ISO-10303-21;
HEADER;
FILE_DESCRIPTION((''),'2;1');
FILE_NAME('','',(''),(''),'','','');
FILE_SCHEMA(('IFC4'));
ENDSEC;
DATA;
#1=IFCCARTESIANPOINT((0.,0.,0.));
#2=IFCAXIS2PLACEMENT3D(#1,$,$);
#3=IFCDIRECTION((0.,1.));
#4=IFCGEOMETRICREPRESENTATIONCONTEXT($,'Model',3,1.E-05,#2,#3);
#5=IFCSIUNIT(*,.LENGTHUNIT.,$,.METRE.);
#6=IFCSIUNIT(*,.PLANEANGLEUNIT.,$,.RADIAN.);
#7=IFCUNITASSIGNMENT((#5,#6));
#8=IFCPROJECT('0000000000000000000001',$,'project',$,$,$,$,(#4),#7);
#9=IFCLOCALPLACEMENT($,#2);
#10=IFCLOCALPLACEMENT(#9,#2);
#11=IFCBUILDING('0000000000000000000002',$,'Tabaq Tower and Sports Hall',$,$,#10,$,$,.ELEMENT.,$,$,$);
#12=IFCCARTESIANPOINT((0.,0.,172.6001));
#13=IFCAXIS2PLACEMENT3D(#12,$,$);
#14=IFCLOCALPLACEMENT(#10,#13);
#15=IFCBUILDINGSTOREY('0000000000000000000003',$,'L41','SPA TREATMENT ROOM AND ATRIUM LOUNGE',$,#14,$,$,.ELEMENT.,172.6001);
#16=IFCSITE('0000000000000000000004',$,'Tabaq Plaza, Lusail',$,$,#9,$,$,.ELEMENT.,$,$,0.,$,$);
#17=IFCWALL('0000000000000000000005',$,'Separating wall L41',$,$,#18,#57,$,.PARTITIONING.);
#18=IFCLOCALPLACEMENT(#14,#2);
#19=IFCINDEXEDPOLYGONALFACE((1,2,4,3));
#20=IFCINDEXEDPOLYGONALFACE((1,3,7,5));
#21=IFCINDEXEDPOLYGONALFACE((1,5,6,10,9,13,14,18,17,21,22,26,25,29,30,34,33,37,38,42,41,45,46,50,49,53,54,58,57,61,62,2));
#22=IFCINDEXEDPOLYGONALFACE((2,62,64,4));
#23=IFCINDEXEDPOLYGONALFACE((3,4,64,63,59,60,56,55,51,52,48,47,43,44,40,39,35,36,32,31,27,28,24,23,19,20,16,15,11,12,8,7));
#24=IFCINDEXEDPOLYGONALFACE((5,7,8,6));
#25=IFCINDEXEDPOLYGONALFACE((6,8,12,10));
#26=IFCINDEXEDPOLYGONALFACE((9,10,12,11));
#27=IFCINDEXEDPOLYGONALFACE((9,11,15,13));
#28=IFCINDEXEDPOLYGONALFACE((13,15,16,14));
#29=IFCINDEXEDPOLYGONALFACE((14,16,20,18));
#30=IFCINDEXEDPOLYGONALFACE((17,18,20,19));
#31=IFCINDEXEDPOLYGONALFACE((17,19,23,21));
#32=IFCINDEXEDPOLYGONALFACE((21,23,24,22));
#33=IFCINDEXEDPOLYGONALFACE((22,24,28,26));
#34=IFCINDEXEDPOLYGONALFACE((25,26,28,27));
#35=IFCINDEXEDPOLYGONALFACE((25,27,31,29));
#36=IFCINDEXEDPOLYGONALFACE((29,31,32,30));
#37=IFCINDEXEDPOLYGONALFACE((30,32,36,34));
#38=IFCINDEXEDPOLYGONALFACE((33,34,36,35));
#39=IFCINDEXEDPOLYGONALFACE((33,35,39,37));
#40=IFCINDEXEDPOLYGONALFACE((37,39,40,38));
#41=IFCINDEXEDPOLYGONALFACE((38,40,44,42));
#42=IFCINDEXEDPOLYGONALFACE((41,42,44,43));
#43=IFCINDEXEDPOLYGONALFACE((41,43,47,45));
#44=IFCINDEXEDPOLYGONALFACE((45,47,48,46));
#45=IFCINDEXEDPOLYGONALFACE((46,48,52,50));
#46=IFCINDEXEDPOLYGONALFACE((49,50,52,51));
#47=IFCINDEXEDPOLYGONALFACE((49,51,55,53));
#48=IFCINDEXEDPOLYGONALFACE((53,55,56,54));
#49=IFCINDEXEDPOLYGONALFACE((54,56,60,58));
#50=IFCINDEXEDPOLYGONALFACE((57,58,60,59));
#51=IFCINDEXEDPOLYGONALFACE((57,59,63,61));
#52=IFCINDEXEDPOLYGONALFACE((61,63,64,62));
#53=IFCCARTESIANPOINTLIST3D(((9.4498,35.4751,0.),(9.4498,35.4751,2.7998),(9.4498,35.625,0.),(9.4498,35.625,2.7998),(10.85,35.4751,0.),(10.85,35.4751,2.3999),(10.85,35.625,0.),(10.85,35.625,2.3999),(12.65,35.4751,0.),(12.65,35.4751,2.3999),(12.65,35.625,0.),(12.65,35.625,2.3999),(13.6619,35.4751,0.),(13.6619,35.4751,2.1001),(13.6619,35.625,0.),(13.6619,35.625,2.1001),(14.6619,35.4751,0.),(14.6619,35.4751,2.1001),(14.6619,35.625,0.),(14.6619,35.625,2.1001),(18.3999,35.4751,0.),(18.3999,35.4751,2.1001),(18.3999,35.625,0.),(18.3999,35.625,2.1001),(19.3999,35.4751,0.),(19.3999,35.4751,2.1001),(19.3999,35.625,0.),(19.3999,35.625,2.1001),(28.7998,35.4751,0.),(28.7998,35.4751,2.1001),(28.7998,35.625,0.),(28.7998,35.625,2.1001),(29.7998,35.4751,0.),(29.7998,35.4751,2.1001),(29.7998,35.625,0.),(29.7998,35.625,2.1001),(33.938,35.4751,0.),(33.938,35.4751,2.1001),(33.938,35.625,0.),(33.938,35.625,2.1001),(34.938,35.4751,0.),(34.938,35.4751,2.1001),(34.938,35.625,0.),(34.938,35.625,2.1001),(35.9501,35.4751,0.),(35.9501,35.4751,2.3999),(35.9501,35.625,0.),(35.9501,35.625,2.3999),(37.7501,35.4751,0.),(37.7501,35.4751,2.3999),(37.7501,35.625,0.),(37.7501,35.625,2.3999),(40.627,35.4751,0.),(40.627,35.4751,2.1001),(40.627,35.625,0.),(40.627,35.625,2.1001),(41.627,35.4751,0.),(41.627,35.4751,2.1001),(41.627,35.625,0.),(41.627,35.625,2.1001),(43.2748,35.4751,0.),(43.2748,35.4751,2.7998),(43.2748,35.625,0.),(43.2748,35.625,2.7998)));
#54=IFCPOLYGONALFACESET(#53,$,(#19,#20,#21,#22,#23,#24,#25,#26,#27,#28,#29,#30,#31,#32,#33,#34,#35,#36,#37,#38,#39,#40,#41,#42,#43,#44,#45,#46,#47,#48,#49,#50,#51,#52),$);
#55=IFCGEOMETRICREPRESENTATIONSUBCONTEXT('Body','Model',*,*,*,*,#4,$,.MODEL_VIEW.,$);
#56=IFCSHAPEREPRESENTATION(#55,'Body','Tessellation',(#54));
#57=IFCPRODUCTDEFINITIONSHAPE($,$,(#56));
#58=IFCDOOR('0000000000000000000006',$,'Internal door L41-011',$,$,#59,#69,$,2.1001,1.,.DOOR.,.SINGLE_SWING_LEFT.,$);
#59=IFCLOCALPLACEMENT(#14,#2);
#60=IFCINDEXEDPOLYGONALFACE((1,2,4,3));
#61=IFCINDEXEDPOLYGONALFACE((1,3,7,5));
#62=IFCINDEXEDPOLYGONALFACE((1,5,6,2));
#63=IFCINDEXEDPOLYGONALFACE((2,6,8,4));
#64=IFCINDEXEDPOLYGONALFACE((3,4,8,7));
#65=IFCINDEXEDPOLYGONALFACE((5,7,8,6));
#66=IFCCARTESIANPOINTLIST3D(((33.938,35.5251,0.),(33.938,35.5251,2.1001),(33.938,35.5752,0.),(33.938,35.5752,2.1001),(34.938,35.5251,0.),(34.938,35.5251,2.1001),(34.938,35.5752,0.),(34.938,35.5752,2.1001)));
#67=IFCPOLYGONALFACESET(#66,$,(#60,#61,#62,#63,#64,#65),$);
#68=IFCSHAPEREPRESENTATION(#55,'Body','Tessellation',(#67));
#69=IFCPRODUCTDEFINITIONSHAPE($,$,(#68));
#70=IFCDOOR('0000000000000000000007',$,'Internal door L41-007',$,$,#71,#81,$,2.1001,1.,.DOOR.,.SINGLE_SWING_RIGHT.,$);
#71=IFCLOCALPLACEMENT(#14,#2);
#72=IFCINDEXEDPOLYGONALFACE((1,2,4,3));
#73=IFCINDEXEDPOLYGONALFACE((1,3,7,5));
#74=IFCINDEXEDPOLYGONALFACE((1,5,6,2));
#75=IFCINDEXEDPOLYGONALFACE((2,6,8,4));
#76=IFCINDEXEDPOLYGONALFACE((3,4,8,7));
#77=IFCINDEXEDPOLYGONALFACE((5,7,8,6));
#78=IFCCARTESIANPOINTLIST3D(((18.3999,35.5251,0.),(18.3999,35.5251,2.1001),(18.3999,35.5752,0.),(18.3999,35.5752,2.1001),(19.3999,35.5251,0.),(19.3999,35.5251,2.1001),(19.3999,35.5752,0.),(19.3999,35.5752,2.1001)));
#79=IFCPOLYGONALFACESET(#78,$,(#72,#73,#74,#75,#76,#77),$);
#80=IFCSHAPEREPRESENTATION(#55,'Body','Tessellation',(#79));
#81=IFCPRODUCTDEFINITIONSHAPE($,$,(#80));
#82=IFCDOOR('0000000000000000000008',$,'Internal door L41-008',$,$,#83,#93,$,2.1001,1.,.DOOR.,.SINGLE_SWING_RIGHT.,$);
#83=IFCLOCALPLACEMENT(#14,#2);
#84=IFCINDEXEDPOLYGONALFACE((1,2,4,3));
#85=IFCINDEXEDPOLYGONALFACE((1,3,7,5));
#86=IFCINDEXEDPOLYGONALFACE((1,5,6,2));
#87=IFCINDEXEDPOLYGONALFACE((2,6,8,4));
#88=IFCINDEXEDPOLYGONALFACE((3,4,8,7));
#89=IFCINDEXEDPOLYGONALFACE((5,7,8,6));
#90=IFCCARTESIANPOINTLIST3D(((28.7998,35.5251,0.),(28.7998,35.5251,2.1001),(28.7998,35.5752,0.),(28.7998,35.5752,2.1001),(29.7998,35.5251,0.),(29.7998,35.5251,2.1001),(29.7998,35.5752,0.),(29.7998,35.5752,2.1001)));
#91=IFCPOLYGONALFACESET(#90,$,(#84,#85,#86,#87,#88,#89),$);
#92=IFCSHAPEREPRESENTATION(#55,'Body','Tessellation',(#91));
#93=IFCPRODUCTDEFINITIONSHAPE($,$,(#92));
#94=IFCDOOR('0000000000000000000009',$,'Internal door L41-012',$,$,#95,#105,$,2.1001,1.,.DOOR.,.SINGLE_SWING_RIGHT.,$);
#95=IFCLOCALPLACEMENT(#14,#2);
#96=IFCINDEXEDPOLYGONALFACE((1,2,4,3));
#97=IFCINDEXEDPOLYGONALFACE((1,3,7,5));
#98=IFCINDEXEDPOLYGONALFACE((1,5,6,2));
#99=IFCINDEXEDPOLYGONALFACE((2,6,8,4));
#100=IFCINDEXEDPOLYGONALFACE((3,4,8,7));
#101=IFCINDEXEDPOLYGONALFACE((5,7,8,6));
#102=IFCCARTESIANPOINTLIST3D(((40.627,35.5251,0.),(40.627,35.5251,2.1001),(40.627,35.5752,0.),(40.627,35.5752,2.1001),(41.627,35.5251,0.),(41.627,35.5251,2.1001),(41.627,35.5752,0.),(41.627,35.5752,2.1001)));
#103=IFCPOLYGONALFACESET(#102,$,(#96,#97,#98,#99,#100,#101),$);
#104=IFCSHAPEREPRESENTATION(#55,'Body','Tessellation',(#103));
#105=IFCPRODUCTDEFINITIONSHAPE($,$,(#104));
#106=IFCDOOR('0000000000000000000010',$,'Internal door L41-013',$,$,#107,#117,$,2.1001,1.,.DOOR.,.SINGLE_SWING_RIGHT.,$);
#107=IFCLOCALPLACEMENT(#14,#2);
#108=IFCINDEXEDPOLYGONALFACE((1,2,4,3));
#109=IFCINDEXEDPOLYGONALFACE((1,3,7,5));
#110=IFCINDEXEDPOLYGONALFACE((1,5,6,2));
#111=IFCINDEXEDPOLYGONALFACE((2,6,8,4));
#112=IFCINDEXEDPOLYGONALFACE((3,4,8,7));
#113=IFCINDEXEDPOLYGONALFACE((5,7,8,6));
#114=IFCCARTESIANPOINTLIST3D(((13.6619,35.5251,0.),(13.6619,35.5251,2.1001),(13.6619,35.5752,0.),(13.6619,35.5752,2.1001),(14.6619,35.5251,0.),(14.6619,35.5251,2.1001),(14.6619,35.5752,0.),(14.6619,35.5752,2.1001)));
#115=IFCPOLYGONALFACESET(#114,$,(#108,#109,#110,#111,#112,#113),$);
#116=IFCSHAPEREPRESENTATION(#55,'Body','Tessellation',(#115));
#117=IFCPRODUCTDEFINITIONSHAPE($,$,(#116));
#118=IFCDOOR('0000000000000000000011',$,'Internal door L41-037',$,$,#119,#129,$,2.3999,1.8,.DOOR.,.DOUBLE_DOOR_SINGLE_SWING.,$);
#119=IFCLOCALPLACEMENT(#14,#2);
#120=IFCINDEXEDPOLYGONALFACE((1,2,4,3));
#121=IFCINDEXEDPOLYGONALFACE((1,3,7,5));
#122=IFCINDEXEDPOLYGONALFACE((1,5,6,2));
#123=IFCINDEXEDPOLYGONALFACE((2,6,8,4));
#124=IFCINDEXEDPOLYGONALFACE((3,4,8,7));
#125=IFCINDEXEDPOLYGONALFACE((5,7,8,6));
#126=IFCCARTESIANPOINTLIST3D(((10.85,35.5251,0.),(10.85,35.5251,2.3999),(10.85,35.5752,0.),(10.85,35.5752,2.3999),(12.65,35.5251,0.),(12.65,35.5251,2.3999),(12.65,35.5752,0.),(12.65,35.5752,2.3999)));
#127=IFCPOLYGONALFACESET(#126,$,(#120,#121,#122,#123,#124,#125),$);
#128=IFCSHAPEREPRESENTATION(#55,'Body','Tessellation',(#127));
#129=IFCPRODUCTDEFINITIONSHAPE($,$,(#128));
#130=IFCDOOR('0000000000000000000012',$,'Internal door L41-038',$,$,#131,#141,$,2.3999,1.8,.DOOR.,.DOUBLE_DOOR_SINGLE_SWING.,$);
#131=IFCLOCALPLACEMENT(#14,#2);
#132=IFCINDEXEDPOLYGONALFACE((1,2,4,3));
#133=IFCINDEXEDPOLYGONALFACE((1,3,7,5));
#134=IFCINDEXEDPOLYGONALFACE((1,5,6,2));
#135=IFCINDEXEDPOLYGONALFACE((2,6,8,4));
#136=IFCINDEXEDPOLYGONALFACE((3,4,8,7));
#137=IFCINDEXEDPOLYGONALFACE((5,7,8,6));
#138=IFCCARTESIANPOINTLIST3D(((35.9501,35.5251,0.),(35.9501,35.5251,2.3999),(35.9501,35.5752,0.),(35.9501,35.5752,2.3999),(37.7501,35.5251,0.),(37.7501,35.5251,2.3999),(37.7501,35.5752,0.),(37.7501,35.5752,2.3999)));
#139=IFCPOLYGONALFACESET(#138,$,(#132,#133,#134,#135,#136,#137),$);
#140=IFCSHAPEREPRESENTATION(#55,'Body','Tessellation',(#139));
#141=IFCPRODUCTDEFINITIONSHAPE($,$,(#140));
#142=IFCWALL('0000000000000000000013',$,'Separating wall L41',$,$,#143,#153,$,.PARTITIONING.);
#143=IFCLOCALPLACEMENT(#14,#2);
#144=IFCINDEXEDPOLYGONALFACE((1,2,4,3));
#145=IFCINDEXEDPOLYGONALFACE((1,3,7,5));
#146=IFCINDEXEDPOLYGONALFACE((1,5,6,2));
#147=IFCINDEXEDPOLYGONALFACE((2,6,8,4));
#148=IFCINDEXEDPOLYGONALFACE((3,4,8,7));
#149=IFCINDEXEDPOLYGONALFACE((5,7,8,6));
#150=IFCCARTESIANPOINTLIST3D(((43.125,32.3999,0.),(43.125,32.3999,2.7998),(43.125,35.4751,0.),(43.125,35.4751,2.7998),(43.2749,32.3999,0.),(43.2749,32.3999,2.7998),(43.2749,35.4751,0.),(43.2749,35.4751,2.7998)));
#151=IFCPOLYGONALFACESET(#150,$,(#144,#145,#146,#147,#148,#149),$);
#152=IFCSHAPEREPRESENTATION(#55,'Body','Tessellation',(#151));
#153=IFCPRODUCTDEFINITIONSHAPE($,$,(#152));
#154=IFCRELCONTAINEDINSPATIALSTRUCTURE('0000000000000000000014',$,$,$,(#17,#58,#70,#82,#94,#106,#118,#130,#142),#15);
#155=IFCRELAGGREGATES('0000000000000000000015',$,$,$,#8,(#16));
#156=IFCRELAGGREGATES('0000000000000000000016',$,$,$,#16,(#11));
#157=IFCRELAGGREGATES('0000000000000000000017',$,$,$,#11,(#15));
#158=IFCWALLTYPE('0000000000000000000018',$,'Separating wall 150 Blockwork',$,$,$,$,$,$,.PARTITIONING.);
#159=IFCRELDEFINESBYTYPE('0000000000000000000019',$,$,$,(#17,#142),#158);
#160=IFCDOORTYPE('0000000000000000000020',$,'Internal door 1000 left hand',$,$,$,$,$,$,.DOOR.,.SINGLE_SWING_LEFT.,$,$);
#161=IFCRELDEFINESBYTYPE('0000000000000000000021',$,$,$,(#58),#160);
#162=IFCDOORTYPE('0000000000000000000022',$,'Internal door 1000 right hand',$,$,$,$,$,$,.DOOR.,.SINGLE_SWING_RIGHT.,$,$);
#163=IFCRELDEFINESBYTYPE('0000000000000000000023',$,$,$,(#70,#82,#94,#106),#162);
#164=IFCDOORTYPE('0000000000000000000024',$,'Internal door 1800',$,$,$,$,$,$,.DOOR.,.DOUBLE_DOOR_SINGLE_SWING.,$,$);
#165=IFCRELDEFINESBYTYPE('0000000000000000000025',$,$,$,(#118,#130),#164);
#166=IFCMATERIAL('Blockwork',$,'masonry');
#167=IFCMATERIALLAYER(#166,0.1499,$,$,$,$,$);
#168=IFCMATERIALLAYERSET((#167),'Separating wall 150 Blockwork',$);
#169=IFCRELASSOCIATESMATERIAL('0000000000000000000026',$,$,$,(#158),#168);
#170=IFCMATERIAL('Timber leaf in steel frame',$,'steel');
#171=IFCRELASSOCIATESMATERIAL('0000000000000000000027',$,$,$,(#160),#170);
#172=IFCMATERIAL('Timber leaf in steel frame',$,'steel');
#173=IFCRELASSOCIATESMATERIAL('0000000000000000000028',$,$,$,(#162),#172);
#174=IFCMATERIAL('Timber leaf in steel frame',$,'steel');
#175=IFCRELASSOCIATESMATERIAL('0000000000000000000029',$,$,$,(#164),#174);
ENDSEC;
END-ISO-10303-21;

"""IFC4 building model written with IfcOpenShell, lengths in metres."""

from ifc_helpers import new_model, si_unit, direction, frame, frame_2d, origin, place, context, subcontext, project, spatial, rectangle, extrude, material, layer, layer_set, type_object, element, fill, save


model = new_model("IFC4")

# Units and contexts
model_context = context("Model", 3, precision=1e-05, world=origin(), true_north=direction((0.0, 1.0)))
body_context = subcontext(model_context, "Body", "Model", "MODEL_VIEW")
ifc_project = project(units=[si_unit("LENGTHUNIT", "METRE"), si_unit("PLANEANGLEUNIT", "RADIAN")], contexts=[model_context])

# Site, building, storey
site_placement = place(None, origin())
site = spatial("IfcSite", under=ifc_project, at=site_placement, Name="Tabaq Plaza, Lusail", CompositionType="ELEMENT", RefElevation=0.0)
building_placement = place(site_placement, origin())
building = spatial("IfcBuilding", under=site, at=building_placement, Name="Tabaq Tower and Sports Hall", CompositionType="ELEMENT")
storey_placement = place(building_placement, frame((0.0, 0.0, 172.6001)))
storey = spatial("IfcBuildingStorey", under=building, at=storey_placement, Name="L41", Description="SPA TREATMENT ROOM AND ATRIUM LOUNGE", CompositionType="ELEMENT", Elevation=172.6001)

# Wall, openings, doors
ifc_material_1 = material(Name="Blockwork", Category="masonry")
ifc_layer_1 = layer(ifc_material_1, 0.1499)
ifc_layer_set_1 = layer_set([ifc_layer_1], Name="Separating wall 150 Blockwork")
wall_type_1 = type_object("IfcWallType", Name="Separating wall 150 Blockwork", PredefinedType="PARTITIONING", material=ifc_layer_set_1)
ifc_material_2 = material(Name="Timber leaf in steel frame", Category="steel")
door_type_1 = type_object("IfcDoorType", Name="Internal door 1000 left hand", OperationType="SINGLE_SWING_LEFT", PredefinedType="DOOR", material=ifc_material_2)
wall_1_placement = place(storey_placement, frame((43.2749, 35.55, 0.0), z_axis=(0.0, 0.0, 1.0), x_axis=(-1.0, 0.0, 0.0)))
wall_1 = element("IfcWall", 1, at=wall_1_placement, inside=storey, type_object=wall_type_1, Name="Separating wall L41", PredefinedType="PARTITIONING", context=body_context, shape_type="SweptSolid", body=[
    extrude(rectangle(XDim=33.825, YDim=0.1499, at=frame_2d((16.9126, 0.0))), origin(), (0.0, 0.0, 1.0), 2.7998),
])
opening_1_placement = place(wall_1_placement, frame((23.875, 0.0, 0.0)))
opening_1 = element("IfcOpeningElement", 2, at=opening_1_placement, cuts=wall_1, PredefinedType="OPENING", context=body_context, shape_type="SweptSolid", body=[
    extrude(rectangle(XDim=1.0, YDim=2.1001, at=frame_2d((0.5, 1.05))), frame((0.0, 0.075, 0.0), z_axis=(0.0, -1.0, 0.0), x_axis=(1.0, 0.0, 0.0)), (0.0, 0.0, 1.0), 0.1499),
])
opening_2_placement = place(wall_1_placement, frame((13.4751, 0.0, 0.0)))
opening_2 = element("IfcOpeningElement", 3, at=opening_2_placement, cuts=wall_1, PredefinedType="OPENING", context=body_context, shape_type="SweptSolid", body=[
    extrude(rectangle(XDim=1.0, YDim=2.1001, at=frame_2d((0.5, 1.05))), frame((0.0, 0.075, 0.0), z_axis=(0.0, -1.0, 0.0), x_axis=(1.0, 0.0, 0.0)), (0.0, 0.0, 1.0), 0.1499),
])
opening_3_placement = place(wall_1_placement, frame((8.3369, 0.0, 0.0)))
opening_3 = element("IfcOpeningElement", 4, at=opening_3_placement, cuts=wall_1, PredefinedType="OPENING", context=body_context, shape_type="SweptSolid", body=[
    extrude(rectangle(XDim=1.0, YDim=2.1001, at=frame_2d((0.5, 1.05))), frame((0.0, 0.075, 0.0), z_axis=(0.0, -1.0, 0.0), x_axis=(1.0, 0.0, 0.0)), (0.0, 0.0, 1.0), 0.1499),
])
opening_4_placement = place(wall_1_placement, frame((1.6479, 0.0, 0.0)))
opening_4 = element("IfcOpeningElement", 5, at=opening_4_placement, cuts=wall_1, PredefinedType="OPENING", context=body_context, shape_type="SweptSolid", body=[
    extrude(rectangle(XDim=1.0, YDim=2.1001, at=frame_2d((0.5, 1.05))), frame((0.0, 0.075, 0.0), z_axis=(0.0, -1.0, 0.0), x_axis=(1.0, 0.0, 0.0)), (0.0, 0.0, 1.0), 0.1499),
])
opening_5_placement = place(wall_1_placement, frame((28.613, 0.0, 0.0)))
opening_5 = element("IfcOpeningElement", 6, at=opening_5_placement, cuts=wall_1, PredefinedType="OPENING", context=body_context, shape_type="SweptSolid", body=[
    extrude(rectangle(XDim=1.0, YDim=2.1001, at=frame_2d((0.5, 1.05))), frame((0.0, 0.075, 0.0), z_axis=(0.0, -1.0, 0.0), x_axis=(1.0, 0.0, 0.0)), (0.0, 0.0, 1.0), 0.1499),
])
opening_6_placement = place(wall_1_placement, frame((30.625, 0.0, 0.0)))
opening_6 = element("IfcOpeningElement", 7, at=opening_6_placement, cuts=wall_1, PredefinedType="OPENING", context=body_context, shape_type="SweptSolid", body=[
    extrude(rectangle(XDim=1.8, YDim=2.3999, at=frame_2d((0.8999, 1.2))), frame((0.0, 0.075, 0.0), z_axis=(0.0, -1.0, 0.0), x_axis=(1.0, 0.0, 0.0)), (0.0, 0.0, 1.0), 0.1499),
])
opening_7_placement = place(wall_1_placement, frame((5.5249, 0.0, 0.0)))
opening_7 = element("IfcOpeningElement", 8, at=opening_7_placement, cuts=wall_1, PredefinedType="OPENING", context=body_context, shape_type="SweptSolid", body=[
    extrude(rectangle(XDim=1.8, YDim=2.3999, at=frame_2d((0.8999, 1.2))), frame((0.0, 0.075, 0.0), z_axis=(0.0, -1.0, 0.0), x_axis=(1.0, 0.0, 0.0)), (0.0, 0.0, 1.0), 0.1499),
])
door_1_placement = place(opening_3_placement, origin())
door_1 = element("IfcDoor", 9, at=door_1_placement, inside=storey, type_object=door_type_1, Name="Internal door L41-011", OperationType="SINGLE_SWING_LEFT", OverallHeight=2.1001, OverallWidth=1.0, PredefinedType="DOOR", context=body_context, shape_type="SweptSolid", body=[
    extrude(rectangle(XDim=1.0, YDim=2.1001, at=frame_2d((0.5, 1.05))), frame((0.0, 0.0249, 0.0), z_axis=(0.0, -1.0, 0.0), x_axis=(1.0, 0.0, 0.0)), (0.0, 0.0, 1.0), 0.05),
])
fill(opening_3, door_1)
ifc_material_3 = material(Name="Timber leaf in steel frame", Category="steel")
door_type_2 = type_object("IfcDoorType", Name="Internal door 1000 right hand", OperationType="SINGLE_SWING_RIGHT", PredefinedType="DOOR", material=ifc_material_3)
door_2_placement = place(opening_1_placement, origin())
door_2 = element("IfcDoor", 10, at=door_2_placement, inside=storey, type_object=door_type_2, Name="Internal door L41-007", OperationType="SINGLE_SWING_RIGHT", OverallHeight=2.1001, OverallWidth=1.0, PredefinedType="DOOR", context=body_context, shape_type="SweptSolid", body=[
    extrude(rectangle(XDim=1.0, YDim=2.1001, at=frame_2d((0.5, 1.05))), frame((0.0, 0.0249, 0.0), z_axis=(0.0, -1.0, 0.0), x_axis=(1.0, 0.0, 0.0)), (0.0, 0.0, 1.0), 0.05),
])
fill(opening_1, door_2)
door_3_placement = place(opening_2_placement, origin())
door_3 = element("IfcDoor", 11, at=door_3_placement, inside=storey, type_object=door_type_2, Name="Internal door L41-008", OperationType="SINGLE_SWING_RIGHT", OverallHeight=2.1001, OverallWidth=1.0, PredefinedType="DOOR", context=body_context, shape_type="SweptSolid", body=[
    extrude(rectangle(XDim=1.0, YDim=2.1001, at=frame_2d((0.5, 1.05))), frame((0.0, 0.0249, 0.0), z_axis=(0.0, -1.0, 0.0), x_axis=(1.0, 0.0, 0.0)), (0.0, 0.0, 1.0), 0.05),
])
fill(opening_2, door_3)
door_4_placement = place(opening_4_placement, origin())
door_4 = element("IfcDoor", 12, at=door_4_placement, inside=storey, type_object=door_type_2, Name="Internal door L41-012", OperationType="SINGLE_SWING_RIGHT", OverallHeight=2.1001, OverallWidth=1.0, PredefinedType="DOOR", context=body_context, shape_type="SweptSolid", body=[
    extrude(rectangle(XDim=1.0, YDim=2.1001, at=frame_2d((0.5, 1.05))), frame((0.0, 0.0249, 0.0), z_axis=(0.0, -1.0, 0.0), x_axis=(1.0, 0.0, 0.0)), (0.0, 0.0, 1.0), 0.05),
])
fill(opening_4, door_4)
door_5_placement = place(opening_5_placement, origin())
door_5 = element("IfcDoor", 13, at=door_5_placement, inside=storey, type_object=door_type_2, Name="Internal door L41-013", OperationType="SINGLE_SWING_RIGHT", OverallHeight=2.1001, OverallWidth=1.0, PredefinedType="DOOR", context=body_context, shape_type="SweptSolid", body=[
    extrude(rectangle(XDim=1.0, YDim=2.1001, at=frame_2d((0.5, 1.05))), frame((0.0, 0.0249, 0.0), z_axis=(0.0, -1.0, 0.0), x_axis=(1.0, 0.0, 0.0)), (0.0, 0.0, 1.0), 0.05),
])
fill(opening_5, door_5)
ifc_material_4 = material(Name="Timber leaf in steel frame", Category="steel")
door_type_3 = type_object("IfcDoorType", Name="Internal door 1800", OperationType="DOUBLE_DOOR_SINGLE_SWING", PredefinedType="DOOR", material=ifc_material_4)
door_6_placement = place(opening_6_placement, origin())
door_6 = element("IfcDoor", 14, at=door_6_placement, inside=storey, type_object=door_type_3, Name="Internal door L41-037", OperationType="DOUBLE_DOOR_SINGLE_SWING", OverallHeight=2.3999, OverallWidth=1.8, PredefinedType="DOOR", context=body_context, shape_type="SweptSolid", body=[
    extrude(rectangle(XDim=1.8, YDim=2.3999, at=frame_2d((0.8999, 1.2))), frame((0.0, 0.0249, 0.0), z_axis=(0.0, -1.0, 0.0), x_axis=(1.0, 0.0, 0.0)), (0.0, 0.0, 1.0), 0.05),
])
fill(opening_6, door_6)
door_7_placement = place(opening_7_placement, origin())
door_7 = element("IfcDoor", 15, at=door_7_placement, inside=storey, type_object=door_type_3, Name="Internal door L41-038", OperationType="DOUBLE_DOOR_SINGLE_SWING", OverallHeight=2.3999, OverallWidth=1.8, PredefinedType="DOOR", context=body_context, shape_type="SweptSolid", body=[
    extrude(rectangle(XDim=1.8, YDim=2.3999, at=frame_2d((0.8999, 1.2))), frame((0.0, 0.0249, 0.0), z_axis=(0.0, -1.0, 0.0), x_axis=(1.0, 0.0, 0.0)), (0.0, 0.0, 1.0), 0.05),
])
fill(opening_7, door_7)

# Wall
wall_2_placement = place(storey_placement, frame((43.2, 35.4751, 0.0), z_axis=(0.0, 0.0, 1.0), x_axis=(0.0, -1.0, 0.0)))
element("IfcWall", 16, at=wall_2_placement, inside=storey, type_object=wall_type_1, Name="Separating wall L41", PredefinedType="PARTITIONING", context=body_context, shape_type="SweptSolid", body=[
    extrude(rectangle(XDim=3.0752, YDim=0.1499, at=frame_2d((1.5376, 0.0))), origin(), (0.0, 0.0, 1.0), 2.7998),
])

save(model, "model.ifc")
